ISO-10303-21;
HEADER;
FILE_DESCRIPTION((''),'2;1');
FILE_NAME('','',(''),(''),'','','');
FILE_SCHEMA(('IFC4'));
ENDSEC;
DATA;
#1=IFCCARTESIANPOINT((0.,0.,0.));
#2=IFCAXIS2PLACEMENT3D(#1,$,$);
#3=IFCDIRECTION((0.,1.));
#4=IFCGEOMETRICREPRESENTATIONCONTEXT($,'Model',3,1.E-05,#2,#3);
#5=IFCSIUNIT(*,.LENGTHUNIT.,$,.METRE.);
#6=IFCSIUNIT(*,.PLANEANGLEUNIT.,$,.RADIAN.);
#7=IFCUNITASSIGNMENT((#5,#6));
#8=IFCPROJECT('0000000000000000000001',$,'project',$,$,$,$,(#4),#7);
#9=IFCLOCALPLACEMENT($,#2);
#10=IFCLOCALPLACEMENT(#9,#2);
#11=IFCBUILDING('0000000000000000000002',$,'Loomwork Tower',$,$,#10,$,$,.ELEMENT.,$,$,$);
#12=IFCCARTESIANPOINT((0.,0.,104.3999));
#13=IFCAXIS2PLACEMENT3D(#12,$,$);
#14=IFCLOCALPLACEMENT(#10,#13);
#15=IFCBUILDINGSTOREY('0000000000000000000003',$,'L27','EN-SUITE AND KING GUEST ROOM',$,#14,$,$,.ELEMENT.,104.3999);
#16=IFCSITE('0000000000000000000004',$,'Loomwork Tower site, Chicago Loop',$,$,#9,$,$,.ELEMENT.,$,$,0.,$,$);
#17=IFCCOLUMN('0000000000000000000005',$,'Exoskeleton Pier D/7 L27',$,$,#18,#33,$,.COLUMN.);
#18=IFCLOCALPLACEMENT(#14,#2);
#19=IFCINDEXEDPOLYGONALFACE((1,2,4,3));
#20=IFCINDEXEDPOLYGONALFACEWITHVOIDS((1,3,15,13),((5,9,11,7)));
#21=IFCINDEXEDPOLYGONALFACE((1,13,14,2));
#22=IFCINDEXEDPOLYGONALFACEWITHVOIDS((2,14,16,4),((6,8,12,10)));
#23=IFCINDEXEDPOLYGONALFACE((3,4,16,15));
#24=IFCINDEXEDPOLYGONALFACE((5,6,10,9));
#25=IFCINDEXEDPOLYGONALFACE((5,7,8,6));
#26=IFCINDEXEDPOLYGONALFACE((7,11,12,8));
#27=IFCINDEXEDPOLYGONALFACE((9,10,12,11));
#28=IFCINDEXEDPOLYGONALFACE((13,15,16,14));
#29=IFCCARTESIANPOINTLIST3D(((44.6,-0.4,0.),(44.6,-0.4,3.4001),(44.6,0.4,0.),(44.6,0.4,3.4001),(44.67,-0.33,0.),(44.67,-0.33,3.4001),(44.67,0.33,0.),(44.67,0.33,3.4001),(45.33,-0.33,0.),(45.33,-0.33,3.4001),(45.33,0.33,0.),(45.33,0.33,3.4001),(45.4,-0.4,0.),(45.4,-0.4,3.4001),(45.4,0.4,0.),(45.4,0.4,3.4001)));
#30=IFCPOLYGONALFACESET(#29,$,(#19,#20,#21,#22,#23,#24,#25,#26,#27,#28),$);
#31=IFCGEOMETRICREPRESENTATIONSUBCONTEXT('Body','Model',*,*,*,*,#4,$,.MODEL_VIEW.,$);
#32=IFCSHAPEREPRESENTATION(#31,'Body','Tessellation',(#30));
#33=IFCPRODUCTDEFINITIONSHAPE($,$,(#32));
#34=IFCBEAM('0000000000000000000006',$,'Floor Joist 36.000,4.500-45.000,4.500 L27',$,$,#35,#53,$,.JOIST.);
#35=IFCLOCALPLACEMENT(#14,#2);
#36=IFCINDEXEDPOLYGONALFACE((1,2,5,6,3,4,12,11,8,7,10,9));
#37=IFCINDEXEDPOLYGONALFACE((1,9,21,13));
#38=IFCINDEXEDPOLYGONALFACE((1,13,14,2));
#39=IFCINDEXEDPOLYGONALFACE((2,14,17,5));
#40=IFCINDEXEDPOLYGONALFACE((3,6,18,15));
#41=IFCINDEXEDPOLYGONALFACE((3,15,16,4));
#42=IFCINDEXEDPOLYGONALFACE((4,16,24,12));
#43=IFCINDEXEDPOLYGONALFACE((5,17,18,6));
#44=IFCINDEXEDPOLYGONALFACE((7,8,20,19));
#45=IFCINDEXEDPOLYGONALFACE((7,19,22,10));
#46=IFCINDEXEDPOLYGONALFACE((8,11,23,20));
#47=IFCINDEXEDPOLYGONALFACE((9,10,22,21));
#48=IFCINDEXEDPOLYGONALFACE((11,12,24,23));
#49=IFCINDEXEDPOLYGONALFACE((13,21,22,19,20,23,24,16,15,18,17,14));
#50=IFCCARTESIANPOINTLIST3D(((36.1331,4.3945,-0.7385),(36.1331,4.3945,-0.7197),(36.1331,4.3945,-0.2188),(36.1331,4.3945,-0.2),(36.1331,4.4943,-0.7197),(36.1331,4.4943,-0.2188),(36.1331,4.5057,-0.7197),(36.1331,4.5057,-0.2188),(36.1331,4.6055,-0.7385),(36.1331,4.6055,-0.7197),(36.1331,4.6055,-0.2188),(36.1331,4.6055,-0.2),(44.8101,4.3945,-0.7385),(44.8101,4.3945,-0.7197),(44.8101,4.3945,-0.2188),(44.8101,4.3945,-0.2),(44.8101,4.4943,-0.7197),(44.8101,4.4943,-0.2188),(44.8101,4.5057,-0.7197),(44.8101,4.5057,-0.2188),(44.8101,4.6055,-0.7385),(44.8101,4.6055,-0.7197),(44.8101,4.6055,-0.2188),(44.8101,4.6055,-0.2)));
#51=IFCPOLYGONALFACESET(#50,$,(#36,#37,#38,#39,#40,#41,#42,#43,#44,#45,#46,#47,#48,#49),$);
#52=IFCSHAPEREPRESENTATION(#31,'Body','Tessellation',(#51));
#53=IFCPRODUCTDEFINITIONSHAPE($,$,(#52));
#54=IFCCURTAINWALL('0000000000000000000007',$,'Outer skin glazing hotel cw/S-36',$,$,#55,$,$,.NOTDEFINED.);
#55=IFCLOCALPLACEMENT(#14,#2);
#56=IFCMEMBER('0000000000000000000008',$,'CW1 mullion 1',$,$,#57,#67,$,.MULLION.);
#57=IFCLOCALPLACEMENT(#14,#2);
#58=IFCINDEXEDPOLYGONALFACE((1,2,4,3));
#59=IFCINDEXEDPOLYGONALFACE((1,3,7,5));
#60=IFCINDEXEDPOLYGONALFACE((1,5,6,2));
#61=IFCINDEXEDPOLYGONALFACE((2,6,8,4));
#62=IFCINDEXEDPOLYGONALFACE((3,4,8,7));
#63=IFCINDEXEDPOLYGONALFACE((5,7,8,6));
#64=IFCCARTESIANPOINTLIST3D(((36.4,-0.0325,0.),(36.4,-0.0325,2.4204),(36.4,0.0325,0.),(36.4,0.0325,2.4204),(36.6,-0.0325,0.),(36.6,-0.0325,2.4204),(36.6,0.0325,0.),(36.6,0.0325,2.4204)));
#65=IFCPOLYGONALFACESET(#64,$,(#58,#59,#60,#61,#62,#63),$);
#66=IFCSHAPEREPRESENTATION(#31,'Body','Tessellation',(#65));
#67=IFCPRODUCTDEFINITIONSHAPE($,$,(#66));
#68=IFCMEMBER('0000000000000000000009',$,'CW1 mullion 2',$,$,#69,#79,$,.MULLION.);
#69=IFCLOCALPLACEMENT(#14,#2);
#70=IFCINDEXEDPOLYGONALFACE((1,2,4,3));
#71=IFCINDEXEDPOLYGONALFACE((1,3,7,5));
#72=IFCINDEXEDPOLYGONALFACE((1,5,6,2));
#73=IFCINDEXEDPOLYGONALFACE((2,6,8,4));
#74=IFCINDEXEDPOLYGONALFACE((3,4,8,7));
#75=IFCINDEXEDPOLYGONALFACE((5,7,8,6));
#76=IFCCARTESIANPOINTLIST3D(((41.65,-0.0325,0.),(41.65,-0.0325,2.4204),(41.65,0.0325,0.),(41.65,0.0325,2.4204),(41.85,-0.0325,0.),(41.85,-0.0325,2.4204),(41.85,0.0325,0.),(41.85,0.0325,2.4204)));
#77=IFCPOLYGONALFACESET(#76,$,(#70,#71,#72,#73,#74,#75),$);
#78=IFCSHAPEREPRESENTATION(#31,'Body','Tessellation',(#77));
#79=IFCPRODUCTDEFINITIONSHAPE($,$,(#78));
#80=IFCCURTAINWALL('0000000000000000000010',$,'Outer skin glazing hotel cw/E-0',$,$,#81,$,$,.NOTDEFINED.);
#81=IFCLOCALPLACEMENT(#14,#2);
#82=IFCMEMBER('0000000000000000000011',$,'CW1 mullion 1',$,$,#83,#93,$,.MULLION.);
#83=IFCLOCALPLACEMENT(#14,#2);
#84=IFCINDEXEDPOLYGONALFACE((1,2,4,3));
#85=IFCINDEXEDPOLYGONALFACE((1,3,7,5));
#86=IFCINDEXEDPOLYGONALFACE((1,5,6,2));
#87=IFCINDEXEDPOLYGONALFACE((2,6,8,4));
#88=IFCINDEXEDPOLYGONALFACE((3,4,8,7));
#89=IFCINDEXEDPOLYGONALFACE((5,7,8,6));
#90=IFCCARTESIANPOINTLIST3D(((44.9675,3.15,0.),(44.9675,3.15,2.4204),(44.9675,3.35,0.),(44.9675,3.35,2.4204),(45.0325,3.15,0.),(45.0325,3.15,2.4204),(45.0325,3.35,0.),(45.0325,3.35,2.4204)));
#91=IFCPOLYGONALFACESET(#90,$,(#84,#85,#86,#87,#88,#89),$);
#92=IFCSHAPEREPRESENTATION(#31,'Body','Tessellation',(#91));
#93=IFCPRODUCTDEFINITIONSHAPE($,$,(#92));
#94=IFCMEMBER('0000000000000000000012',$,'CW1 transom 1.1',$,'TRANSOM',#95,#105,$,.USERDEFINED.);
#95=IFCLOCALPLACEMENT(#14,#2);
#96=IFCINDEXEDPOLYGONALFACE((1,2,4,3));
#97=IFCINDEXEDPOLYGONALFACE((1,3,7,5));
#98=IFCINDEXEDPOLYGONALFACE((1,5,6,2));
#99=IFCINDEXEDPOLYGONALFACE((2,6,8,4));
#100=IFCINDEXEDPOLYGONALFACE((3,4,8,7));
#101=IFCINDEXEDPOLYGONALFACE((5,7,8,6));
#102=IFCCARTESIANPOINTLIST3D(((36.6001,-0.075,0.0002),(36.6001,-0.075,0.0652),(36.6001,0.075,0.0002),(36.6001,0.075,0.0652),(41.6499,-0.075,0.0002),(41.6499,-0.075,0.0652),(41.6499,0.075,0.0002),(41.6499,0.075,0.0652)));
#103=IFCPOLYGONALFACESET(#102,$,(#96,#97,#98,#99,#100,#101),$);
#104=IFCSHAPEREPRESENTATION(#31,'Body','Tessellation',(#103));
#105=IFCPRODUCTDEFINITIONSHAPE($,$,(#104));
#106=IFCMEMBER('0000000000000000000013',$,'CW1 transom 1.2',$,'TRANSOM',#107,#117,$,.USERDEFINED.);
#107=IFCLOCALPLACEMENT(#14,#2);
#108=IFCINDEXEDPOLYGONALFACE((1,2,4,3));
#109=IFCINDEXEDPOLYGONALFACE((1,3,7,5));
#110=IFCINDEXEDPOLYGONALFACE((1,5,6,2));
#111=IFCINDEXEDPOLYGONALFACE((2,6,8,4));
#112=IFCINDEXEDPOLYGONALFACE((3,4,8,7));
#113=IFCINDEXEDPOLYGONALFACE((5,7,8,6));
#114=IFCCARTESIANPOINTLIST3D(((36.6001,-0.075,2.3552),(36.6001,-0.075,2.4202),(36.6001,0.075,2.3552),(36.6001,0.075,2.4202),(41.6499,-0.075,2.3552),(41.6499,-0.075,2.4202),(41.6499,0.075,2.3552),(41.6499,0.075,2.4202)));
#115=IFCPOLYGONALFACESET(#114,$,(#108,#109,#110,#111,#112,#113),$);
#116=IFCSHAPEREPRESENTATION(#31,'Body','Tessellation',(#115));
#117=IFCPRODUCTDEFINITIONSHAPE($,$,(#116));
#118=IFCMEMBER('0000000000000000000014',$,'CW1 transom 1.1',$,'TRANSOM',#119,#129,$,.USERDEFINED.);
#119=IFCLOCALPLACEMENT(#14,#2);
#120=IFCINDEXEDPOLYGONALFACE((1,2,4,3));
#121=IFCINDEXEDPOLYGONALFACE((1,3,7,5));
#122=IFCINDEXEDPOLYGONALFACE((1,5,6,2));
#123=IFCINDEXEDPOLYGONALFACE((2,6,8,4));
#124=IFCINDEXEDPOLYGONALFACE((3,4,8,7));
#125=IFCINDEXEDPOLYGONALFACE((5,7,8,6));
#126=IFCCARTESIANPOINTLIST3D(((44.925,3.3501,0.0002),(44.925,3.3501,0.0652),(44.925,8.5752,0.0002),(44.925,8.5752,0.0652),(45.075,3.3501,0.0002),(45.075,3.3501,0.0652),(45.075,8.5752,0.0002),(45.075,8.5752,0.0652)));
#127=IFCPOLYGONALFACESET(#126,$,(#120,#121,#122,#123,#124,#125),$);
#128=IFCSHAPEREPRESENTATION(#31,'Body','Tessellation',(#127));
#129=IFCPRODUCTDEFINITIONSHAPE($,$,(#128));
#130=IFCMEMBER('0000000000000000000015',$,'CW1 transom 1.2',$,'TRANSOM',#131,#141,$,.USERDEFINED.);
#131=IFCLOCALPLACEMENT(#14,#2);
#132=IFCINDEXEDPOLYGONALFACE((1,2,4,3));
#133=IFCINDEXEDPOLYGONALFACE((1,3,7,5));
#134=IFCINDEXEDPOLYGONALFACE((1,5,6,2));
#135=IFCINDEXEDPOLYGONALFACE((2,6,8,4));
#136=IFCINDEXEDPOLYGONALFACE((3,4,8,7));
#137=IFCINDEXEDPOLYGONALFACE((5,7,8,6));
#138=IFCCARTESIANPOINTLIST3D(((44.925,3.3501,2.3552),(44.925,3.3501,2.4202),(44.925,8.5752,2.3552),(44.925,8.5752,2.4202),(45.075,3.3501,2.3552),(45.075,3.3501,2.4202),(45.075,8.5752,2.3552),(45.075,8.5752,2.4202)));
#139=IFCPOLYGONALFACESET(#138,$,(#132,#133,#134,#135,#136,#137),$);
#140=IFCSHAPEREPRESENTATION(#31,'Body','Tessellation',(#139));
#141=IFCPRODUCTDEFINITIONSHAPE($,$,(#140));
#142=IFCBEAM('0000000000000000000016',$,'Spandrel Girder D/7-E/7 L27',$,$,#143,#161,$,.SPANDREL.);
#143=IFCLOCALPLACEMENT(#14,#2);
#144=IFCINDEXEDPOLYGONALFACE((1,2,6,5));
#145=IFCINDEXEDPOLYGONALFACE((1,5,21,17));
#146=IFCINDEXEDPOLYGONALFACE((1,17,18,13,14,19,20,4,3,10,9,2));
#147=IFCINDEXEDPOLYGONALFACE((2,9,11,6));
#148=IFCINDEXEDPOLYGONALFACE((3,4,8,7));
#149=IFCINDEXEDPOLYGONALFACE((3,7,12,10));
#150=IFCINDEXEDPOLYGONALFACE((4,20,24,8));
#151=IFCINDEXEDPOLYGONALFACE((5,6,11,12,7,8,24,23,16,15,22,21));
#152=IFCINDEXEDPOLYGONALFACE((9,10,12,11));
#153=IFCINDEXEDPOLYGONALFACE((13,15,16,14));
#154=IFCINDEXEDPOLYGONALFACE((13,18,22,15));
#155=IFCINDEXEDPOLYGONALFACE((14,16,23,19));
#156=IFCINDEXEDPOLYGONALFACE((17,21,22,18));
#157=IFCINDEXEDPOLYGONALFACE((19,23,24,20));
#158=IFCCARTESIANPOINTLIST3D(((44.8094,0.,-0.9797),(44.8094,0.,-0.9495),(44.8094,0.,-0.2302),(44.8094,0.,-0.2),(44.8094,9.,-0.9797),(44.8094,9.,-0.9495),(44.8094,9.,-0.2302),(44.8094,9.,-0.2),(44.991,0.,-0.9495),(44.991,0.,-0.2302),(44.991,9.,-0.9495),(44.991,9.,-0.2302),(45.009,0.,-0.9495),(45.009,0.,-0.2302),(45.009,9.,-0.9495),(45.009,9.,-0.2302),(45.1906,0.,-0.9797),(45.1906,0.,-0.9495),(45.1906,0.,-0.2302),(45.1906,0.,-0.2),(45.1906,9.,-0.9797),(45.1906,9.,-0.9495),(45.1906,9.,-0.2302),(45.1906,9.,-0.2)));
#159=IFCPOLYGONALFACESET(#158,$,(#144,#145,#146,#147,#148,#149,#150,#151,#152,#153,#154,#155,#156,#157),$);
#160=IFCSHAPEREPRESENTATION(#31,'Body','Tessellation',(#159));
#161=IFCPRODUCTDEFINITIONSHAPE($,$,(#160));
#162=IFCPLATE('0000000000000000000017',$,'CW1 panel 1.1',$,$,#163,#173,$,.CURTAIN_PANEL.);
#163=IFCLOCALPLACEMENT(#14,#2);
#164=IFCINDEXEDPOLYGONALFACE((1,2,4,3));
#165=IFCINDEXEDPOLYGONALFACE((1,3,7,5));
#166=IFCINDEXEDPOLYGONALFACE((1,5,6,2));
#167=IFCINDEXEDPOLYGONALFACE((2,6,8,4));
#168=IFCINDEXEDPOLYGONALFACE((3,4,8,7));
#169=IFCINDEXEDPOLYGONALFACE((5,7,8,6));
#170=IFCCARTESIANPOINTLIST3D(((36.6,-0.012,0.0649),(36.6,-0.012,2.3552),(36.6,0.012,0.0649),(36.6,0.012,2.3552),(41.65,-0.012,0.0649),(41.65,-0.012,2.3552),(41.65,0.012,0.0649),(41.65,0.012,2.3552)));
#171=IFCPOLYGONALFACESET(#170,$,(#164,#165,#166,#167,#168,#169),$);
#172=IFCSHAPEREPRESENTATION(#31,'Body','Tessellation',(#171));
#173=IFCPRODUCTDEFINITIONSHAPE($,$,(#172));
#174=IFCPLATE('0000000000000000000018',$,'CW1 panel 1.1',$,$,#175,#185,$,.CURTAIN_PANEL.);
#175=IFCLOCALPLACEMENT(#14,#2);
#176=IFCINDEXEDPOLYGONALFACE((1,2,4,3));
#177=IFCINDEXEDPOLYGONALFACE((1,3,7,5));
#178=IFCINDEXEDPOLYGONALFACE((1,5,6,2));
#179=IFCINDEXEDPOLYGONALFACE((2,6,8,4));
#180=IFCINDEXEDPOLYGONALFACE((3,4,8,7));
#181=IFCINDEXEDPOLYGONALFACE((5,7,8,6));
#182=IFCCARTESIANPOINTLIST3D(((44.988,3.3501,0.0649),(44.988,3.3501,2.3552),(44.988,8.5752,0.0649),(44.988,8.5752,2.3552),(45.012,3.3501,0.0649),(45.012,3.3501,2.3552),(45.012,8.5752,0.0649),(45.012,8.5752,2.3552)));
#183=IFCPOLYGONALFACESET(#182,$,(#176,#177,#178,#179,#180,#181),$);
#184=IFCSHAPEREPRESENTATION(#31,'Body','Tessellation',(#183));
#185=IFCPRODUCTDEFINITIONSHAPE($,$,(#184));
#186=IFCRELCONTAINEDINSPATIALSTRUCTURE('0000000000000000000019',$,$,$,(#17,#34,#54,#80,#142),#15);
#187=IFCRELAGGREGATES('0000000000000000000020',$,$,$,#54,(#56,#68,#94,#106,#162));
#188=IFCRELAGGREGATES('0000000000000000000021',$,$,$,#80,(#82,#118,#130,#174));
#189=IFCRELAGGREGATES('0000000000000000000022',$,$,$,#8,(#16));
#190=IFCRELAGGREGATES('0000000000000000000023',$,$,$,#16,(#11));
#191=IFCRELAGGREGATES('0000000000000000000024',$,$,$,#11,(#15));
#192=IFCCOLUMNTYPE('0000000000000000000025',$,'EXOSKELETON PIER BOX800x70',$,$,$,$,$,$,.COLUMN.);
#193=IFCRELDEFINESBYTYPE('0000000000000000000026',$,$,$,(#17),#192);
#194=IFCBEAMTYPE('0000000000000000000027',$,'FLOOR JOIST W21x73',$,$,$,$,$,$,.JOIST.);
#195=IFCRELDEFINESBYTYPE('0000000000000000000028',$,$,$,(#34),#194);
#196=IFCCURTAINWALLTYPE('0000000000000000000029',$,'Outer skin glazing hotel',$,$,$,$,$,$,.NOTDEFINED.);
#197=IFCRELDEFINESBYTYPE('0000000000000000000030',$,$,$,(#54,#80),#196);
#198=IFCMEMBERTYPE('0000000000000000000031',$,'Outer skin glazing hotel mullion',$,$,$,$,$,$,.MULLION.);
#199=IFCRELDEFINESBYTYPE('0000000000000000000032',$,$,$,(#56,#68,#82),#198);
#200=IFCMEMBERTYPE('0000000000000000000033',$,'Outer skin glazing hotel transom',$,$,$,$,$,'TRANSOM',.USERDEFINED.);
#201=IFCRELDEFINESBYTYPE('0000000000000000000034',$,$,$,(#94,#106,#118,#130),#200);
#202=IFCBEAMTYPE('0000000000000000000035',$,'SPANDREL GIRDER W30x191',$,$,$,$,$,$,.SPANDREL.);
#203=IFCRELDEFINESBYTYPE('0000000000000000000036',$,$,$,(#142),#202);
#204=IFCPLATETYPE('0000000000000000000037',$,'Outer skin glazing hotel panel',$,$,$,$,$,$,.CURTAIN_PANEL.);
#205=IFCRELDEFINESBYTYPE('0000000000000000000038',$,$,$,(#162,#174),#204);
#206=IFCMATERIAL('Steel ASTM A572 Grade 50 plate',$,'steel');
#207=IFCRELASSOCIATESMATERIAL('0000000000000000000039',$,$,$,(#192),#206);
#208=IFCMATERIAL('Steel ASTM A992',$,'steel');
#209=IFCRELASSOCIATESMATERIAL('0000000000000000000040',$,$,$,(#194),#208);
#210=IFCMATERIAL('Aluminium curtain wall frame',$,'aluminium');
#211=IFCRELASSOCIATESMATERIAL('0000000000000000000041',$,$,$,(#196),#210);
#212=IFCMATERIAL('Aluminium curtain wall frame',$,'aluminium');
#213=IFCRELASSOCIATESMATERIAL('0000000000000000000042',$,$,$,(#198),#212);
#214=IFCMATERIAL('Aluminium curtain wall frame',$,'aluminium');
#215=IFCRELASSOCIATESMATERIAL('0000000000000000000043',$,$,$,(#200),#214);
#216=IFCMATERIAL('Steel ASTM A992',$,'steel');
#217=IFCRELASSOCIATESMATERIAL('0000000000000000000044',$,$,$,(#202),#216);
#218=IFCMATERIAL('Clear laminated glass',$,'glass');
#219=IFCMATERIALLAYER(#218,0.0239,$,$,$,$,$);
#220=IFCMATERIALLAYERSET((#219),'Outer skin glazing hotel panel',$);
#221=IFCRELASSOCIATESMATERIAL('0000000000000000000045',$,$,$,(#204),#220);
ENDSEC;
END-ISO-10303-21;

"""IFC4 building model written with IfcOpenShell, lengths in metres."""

from ifc_helpers import new_model, si_unit, direction, frame, origin, origin_2d, place, context, subcontext, project, spatial, rectangle, hollow_rectangle, i_section, extrude, material, layer, layer_set, material_profile, profile_set, type_object, element, aggregate, save


model = new_model("IFC4")

# Units and contexts
model_context = context("Model", 3, precision=1e-05, world=origin(), true_north=direction((0.0, 1.0)))
body_context = subcontext(model_context, "Body", "Model", "MODEL_VIEW")
ifc_project = project(units=[si_unit("LENGTHUNIT", "METRE"), si_unit("PLANEANGLEUNIT", "RADIAN")], contexts=[model_context])

# Site, building, storey
site_placement = place(None, origin())
site = spatial("IfcSite", under=ifc_project, at=site_placement, Name="Loomwork Tower site, Chicago Loop", CompositionType="ELEMENT", RefElevation=0.0)
building_placement = place(site_placement, origin())
building = spatial("IfcBuilding", under=site, at=building_placement, Name="Loomwork Tower", CompositionType="ELEMENT")
storey_placement = place(building_placement, frame((0.0, 0.0, 104.3999)))
storey = spatial("IfcBuildingStorey", under=building, at=storey_placement, Name="L27", Description="EN-SUITE AND KING GUEST ROOM", CompositionType="ELEMENT", Elevation=104.3999)

# Column
ifc_material_1 = material(Name="Steel ASTM A572 Grade 50 plate", Category="steel")
ifc_material_profile_1 = material_profile(ifc_material_1, hollow_rectangle(XDim=0.8, YDim=0.8, WallThickness=0.0701, at=origin_2d()), Name="BOX800x70")
ifc_profile_set_1 = profile_set([ifc_material_profile_1], Name="Steel ASTM A572 Grade 50 plate")
column_type = type_object("IfcColumnType", Name="EXOSKELETON PIER BOX800x70", PredefinedType="COLUMN", material=ifc_profile_set_1)
column_placement = place(storey_placement, frame((45.0, 0.0, 0.0), z_axis=(0.0, 0.0, 1.0), x_axis=(1.0, 0.0, 0.0)))
element("IfcColumn", 1, at=column_placement, inside=storey, type_object=column_type, Name="Exoskeleton Pier D/7 L27", PredefinedType="COLUMN", context=body_context, shape_type="SweptSolid", body=[
    extrude(hollow_rectangle(XDim=0.8, YDim=0.8, WallThickness=0.0701, at=origin_2d()), origin(), (0.0, 0.0, 1.0), 3.4001),
])

# Beam
ifc_material_2 = material(Name="Steel ASTM A992", Category="steel")
ifc_material_profile_2 = material_profile(ifc_material_2, i_section(OverallWidth=0.2109, OverallDepth=0.5386, WebThickness=0.0115, FlangeThickness=0.0188, at=origin_2d()), Name="W21x73")
ifc_profile_set_2 = profile_set([ifc_material_profile_2], Name="Steel ASTM A992")
beam_type_1 = type_object("IfcBeamType", Name="FLOOR JOIST W21x73", PredefinedType="JOIST", material=ifc_profile_set_2)
beam_1_placement = place(storey_placement, frame((36.1331, 4.5, -0.4692), z_axis=(1.0, 0.0, 0.0), x_axis=(0.0, 1.0, 0.0)))
element("IfcBeam", 2, at=beam_1_placement, inside=storey, type_object=beam_type_1, Name="Floor Joist 36.000,4.500-45.000,4.500 L27", PredefinedType="JOIST", context=body_context, shape_type="SweptSolid", body=[
    extrude(i_section(OverallWidth=0.2109, OverallDepth=0.5386, WebThickness=0.0115, FlangeThickness=0.0188, at=origin_2d()), origin(), (0.0, 0.0, 1.0), 8.677),
])

# Curtain wall, members
ifc_material_3 = material(Name="Aluminium curtain wall frame", Category="aluminium")
curtain_wall_type = type_object("IfcCurtainWallType", Name="Outer skin glazing hotel", PredefinedType="NOTDEFINED", material=ifc_material_3)
curtain_wall_1_placement = place(storey_placement, origin())
curtain_wall_1 = element("IfcCurtainWall", 3, at=curtain_wall_1_placement, inside=storey, type_object=curtain_wall_type, Name="Outer skin glazing hotel cw/S-36", PredefinedType="NOTDEFINED")
ifc_material_4 = material(Name="Aluminium curtain wall frame", Category="aluminium")
ifc_material_profile_3 = material_profile(ifc_material_4, rectangle(XDim=0.0649, YDim=0.2, at=origin_2d()), Name="AL 65x200")
ifc_profile_set_3 = profile_set([ifc_material_profile_3], Name="Aluminium curtain wall frame")
member_type_1 = type_object("IfcMemberType", Name="Outer skin glazing hotel mullion", PredefinedType="MULLION", material=ifc_profile_set_3)
member_1_placement = place(storey_placement, frame((36.5, 0.0, 0.0), z_axis=(0.0, 0.0, 1.0), x_axis=(0.0, 1.0, 0.0)))
member_1 = element("IfcMember", 4, at=member_1_placement, type_object=member_type_1, Name="CW1 mullion 1", PredefinedType="MULLION", context=body_context, shape_type="SweptSolid", body=[
    extrude(rectangle(XDim=0.0649, YDim=0.2, at=origin_2d()), origin(), (0.0, 0.0, 1.0), 2.4204),
])
member_2_placement = place(storey_placement, frame((41.75, 0.0, 0.0), z_axis=(0.0, 0.0, 1.0), x_axis=(0.0, 1.0, 0.0)))
member_2 = element("IfcMember", 5, at=member_2_placement, type_object=member_type_1, Name="CW1 mullion 2", PredefinedType="MULLION", context=body_context, shape_type="SweptSolid", body=[
    extrude(rectangle(XDim=0.0649, YDim=0.2, at=origin_2d()), origin(), (0.0, 0.0, 1.0), 2.4204),
])

# Curtain wall, member
curtain_wall_2_placement = place(storey_placement, origin())
curtain_wall_2 = element("IfcCurtainWall", 6, at=curtain_wall_2_placement, inside=storey, type_object=curtain_wall_type, Name="Outer skin glazing hotel cw/E-0", PredefinedType="NOTDEFINED")
member_3_placement = place(storey_placement, frame((45.0, 3.25, 0.0), z_axis=(0.0, 0.0, 1.0), x_axis=(-1.0, 0.0, 0.0)))
member_3 = element("IfcMember", 7, at=member_3_placement, type_object=member_type_1, Name="CW1 mullion 1", PredefinedType="MULLION", context=body_context, shape_type="SweptSolid", body=[
    extrude(rectangle(XDim=0.0649, YDim=0.2, at=origin_2d()), origin(), (0.0, 0.0, 1.0), 2.4204),
])

# Members
ifc_material_5 = material(Name="Aluminium curtain wall frame", Category="aluminium")
ifc_material_profile_4 = material_profile(ifc_material_5, rectangle(XDim=0.1499, YDim=0.0649, at=origin_2d()), Name="AL 65x150")
ifc_profile_set_4 = profile_set([ifc_material_profile_4], Name="Aluminium curtain wall frame")
member_type_2 = type_object("IfcMemberType", Name="Outer skin glazing hotel transom", ElementType="TRANSOM", PredefinedType="USERDEFINED", material=ifc_profile_set_4)
member_4_placement = place(storey_placement, frame((36.6001, 0.0, 0.0327), z_axis=(1.0, 0.0, 0.0), x_axis=(0.0, 1.0, 0.0)))
member_4 = element("IfcMember", 8, at=member_4_placement, type_object=member_type_2, Name="CW1 transom 1.1", ObjectType="TRANSOM", PredefinedType="USERDEFINED", context=body_context, shape_type="SweptSolid", body=[
    extrude(rectangle(XDim=0.1499, YDim=0.0649, at=origin_2d()), origin(), (0.0, 0.0, 1.0), 5.0498),
])
member_5_placement = place(storey_placement, frame((36.6001, 0.0, 2.3877), z_axis=(1.0, 0.0, 0.0), x_axis=(0.0, 1.0, 0.0)))
member_5 = element("IfcMember", 9, at=member_5_placement, type_object=member_type_2, Name="CW1 transom 1.2", ObjectType="TRANSOM", PredefinedType="USERDEFINED", context=body_context, shape_type="SweptSolid", body=[
    extrude(rectangle(XDim=0.1499, YDim=0.0649, at=origin_2d()), origin(), (0.0, 0.0, 1.0), 5.0498),
])
member_6_placement = place(storey_placement, frame((45.0, 3.3501, 0.0327), z_axis=(0.0, 1.0, 0.0), x_axis=(-1.0, 0.0, 0.0)))
member_6 = element("IfcMember", 10, at=member_6_placement, type_object=member_type_2, Name="CW1 transom 1.1", ObjectType="TRANSOM", PredefinedType="USERDEFINED", context=body_context, shape_type="SweptSolid", body=[
    extrude(rectangle(XDim=0.1499, YDim=0.0649, at=origin_2d()), origin(), (0.0, 0.0, 1.0), 5.2251),
])
member_7_placement = place(storey_placement, frame((45.0, 3.3501, 2.3877), z_axis=(0.0, 1.0, 0.0), x_axis=(-1.0, 0.0, 0.0)))
member_7 = element("IfcMember", 11, at=member_7_placement, type_object=member_type_2, Name="CW1 transom 1.2", ObjectType="TRANSOM", PredefinedType="USERDEFINED", context=body_context, shape_type="SweptSolid", body=[
    extrude(rectangle(XDim=0.1499, YDim=0.0649, at=origin_2d()), origin(), (0.0, 0.0, 1.0), 5.2251),
])

# Beam
ifc_material_6 = material(Name="Steel ASTM A992", Category="steel")
ifc_material_profile_5 = material_profile(ifc_material_6, i_section(OverallWidth=0.3811, OverallDepth=0.7798, WebThickness=0.0181, FlangeThickness=0.0303, at=origin_2d()), Name="W30x191")
ifc_profile_set_5 = profile_set([ifc_material_profile_5], Name="Steel ASTM A992")
beam_type_2 = type_object("IfcBeamType", Name="SPANDREL GIRDER W30x191", PredefinedType="SPANDREL", material=ifc_profile_set_5)
beam_2_placement = place(storey_placement, frame((45.0, 0.0, -0.5898), z_axis=(0.0, 1.0, 0.0), x_axis=(-1.0, 0.0, 0.0)))
element("IfcBeam", 12, at=beam_2_placement, inside=storey, type_object=beam_type_2, Name="Spandrel Girder D/7-E/7 L27", PredefinedType="SPANDREL", context=body_context, shape_type="SweptSolid", body=[
    extrude(i_section(OverallWidth=0.3811, OverallDepth=0.7798, WebThickness=0.0181, FlangeThickness=0.0303, at=origin_2d()), origin(), (0.0, 0.0, 1.0), 9.0),
])

# Plates
ifc_material_7 = material(Name="Clear laminated glass", Category="glass")
ifc_layer_1 = layer(ifc_material_7, 0.0239)
ifc_layer_set_1 = layer_set([ifc_layer_1], Name="Outer skin glazing hotel panel")
plate_type = type_object("IfcPlateType", Name="Outer skin glazing hotel panel", PredefinedType="CURTAIN_PANEL", material=ifc_layer_set_1)
plate_1_placement = place(storey_placement, frame((39.125, 0.0, 0.0649), z_axis=(0.0, 0.0, 1.0), x_axis=(1.0, 0.0, 0.0)))
plate_1 = element("IfcPlate", 13, at=plate_1_placement, type_object=plate_type, Name="CW1 panel 1.1", PredefinedType="CURTAIN_PANEL", context=body_context, shape_type="SweptSolid", body=[
    extrude(rectangle(XDim=5.05, YDim=0.0239, at=origin_2d()), origin(), (0.0, 0.0, 1.0), 2.2903),
])
aggregate(curtain_wall_1, [member_1, member_2, member_4, member_5, plate_1])
plate_2_placement = place(storey_placement, frame((45.0, 5.9626, 0.0649), z_axis=(0.0, 0.0, 1.0), x_axis=(0.0, 1.0, 0.0)))
plate_2 = element("IfcPlate", 14, at=plate_2_placement, type_object=plate_type, Name="CW1 panel 1.1", PredefinedType="CURTAIN_PANEL", context=body_context, shape_type="SweptSolid", body=[
    extrude(rectangle(XDim=5.2251, YDim=0.0239, at=origin_2d()), origin(), (0.0, 0.0, 1.0), 2.2903),
])
aggregate(curtain_wall_2, [member_3, member_6, member_7, plate_2])

save(model, "model.ifc")
